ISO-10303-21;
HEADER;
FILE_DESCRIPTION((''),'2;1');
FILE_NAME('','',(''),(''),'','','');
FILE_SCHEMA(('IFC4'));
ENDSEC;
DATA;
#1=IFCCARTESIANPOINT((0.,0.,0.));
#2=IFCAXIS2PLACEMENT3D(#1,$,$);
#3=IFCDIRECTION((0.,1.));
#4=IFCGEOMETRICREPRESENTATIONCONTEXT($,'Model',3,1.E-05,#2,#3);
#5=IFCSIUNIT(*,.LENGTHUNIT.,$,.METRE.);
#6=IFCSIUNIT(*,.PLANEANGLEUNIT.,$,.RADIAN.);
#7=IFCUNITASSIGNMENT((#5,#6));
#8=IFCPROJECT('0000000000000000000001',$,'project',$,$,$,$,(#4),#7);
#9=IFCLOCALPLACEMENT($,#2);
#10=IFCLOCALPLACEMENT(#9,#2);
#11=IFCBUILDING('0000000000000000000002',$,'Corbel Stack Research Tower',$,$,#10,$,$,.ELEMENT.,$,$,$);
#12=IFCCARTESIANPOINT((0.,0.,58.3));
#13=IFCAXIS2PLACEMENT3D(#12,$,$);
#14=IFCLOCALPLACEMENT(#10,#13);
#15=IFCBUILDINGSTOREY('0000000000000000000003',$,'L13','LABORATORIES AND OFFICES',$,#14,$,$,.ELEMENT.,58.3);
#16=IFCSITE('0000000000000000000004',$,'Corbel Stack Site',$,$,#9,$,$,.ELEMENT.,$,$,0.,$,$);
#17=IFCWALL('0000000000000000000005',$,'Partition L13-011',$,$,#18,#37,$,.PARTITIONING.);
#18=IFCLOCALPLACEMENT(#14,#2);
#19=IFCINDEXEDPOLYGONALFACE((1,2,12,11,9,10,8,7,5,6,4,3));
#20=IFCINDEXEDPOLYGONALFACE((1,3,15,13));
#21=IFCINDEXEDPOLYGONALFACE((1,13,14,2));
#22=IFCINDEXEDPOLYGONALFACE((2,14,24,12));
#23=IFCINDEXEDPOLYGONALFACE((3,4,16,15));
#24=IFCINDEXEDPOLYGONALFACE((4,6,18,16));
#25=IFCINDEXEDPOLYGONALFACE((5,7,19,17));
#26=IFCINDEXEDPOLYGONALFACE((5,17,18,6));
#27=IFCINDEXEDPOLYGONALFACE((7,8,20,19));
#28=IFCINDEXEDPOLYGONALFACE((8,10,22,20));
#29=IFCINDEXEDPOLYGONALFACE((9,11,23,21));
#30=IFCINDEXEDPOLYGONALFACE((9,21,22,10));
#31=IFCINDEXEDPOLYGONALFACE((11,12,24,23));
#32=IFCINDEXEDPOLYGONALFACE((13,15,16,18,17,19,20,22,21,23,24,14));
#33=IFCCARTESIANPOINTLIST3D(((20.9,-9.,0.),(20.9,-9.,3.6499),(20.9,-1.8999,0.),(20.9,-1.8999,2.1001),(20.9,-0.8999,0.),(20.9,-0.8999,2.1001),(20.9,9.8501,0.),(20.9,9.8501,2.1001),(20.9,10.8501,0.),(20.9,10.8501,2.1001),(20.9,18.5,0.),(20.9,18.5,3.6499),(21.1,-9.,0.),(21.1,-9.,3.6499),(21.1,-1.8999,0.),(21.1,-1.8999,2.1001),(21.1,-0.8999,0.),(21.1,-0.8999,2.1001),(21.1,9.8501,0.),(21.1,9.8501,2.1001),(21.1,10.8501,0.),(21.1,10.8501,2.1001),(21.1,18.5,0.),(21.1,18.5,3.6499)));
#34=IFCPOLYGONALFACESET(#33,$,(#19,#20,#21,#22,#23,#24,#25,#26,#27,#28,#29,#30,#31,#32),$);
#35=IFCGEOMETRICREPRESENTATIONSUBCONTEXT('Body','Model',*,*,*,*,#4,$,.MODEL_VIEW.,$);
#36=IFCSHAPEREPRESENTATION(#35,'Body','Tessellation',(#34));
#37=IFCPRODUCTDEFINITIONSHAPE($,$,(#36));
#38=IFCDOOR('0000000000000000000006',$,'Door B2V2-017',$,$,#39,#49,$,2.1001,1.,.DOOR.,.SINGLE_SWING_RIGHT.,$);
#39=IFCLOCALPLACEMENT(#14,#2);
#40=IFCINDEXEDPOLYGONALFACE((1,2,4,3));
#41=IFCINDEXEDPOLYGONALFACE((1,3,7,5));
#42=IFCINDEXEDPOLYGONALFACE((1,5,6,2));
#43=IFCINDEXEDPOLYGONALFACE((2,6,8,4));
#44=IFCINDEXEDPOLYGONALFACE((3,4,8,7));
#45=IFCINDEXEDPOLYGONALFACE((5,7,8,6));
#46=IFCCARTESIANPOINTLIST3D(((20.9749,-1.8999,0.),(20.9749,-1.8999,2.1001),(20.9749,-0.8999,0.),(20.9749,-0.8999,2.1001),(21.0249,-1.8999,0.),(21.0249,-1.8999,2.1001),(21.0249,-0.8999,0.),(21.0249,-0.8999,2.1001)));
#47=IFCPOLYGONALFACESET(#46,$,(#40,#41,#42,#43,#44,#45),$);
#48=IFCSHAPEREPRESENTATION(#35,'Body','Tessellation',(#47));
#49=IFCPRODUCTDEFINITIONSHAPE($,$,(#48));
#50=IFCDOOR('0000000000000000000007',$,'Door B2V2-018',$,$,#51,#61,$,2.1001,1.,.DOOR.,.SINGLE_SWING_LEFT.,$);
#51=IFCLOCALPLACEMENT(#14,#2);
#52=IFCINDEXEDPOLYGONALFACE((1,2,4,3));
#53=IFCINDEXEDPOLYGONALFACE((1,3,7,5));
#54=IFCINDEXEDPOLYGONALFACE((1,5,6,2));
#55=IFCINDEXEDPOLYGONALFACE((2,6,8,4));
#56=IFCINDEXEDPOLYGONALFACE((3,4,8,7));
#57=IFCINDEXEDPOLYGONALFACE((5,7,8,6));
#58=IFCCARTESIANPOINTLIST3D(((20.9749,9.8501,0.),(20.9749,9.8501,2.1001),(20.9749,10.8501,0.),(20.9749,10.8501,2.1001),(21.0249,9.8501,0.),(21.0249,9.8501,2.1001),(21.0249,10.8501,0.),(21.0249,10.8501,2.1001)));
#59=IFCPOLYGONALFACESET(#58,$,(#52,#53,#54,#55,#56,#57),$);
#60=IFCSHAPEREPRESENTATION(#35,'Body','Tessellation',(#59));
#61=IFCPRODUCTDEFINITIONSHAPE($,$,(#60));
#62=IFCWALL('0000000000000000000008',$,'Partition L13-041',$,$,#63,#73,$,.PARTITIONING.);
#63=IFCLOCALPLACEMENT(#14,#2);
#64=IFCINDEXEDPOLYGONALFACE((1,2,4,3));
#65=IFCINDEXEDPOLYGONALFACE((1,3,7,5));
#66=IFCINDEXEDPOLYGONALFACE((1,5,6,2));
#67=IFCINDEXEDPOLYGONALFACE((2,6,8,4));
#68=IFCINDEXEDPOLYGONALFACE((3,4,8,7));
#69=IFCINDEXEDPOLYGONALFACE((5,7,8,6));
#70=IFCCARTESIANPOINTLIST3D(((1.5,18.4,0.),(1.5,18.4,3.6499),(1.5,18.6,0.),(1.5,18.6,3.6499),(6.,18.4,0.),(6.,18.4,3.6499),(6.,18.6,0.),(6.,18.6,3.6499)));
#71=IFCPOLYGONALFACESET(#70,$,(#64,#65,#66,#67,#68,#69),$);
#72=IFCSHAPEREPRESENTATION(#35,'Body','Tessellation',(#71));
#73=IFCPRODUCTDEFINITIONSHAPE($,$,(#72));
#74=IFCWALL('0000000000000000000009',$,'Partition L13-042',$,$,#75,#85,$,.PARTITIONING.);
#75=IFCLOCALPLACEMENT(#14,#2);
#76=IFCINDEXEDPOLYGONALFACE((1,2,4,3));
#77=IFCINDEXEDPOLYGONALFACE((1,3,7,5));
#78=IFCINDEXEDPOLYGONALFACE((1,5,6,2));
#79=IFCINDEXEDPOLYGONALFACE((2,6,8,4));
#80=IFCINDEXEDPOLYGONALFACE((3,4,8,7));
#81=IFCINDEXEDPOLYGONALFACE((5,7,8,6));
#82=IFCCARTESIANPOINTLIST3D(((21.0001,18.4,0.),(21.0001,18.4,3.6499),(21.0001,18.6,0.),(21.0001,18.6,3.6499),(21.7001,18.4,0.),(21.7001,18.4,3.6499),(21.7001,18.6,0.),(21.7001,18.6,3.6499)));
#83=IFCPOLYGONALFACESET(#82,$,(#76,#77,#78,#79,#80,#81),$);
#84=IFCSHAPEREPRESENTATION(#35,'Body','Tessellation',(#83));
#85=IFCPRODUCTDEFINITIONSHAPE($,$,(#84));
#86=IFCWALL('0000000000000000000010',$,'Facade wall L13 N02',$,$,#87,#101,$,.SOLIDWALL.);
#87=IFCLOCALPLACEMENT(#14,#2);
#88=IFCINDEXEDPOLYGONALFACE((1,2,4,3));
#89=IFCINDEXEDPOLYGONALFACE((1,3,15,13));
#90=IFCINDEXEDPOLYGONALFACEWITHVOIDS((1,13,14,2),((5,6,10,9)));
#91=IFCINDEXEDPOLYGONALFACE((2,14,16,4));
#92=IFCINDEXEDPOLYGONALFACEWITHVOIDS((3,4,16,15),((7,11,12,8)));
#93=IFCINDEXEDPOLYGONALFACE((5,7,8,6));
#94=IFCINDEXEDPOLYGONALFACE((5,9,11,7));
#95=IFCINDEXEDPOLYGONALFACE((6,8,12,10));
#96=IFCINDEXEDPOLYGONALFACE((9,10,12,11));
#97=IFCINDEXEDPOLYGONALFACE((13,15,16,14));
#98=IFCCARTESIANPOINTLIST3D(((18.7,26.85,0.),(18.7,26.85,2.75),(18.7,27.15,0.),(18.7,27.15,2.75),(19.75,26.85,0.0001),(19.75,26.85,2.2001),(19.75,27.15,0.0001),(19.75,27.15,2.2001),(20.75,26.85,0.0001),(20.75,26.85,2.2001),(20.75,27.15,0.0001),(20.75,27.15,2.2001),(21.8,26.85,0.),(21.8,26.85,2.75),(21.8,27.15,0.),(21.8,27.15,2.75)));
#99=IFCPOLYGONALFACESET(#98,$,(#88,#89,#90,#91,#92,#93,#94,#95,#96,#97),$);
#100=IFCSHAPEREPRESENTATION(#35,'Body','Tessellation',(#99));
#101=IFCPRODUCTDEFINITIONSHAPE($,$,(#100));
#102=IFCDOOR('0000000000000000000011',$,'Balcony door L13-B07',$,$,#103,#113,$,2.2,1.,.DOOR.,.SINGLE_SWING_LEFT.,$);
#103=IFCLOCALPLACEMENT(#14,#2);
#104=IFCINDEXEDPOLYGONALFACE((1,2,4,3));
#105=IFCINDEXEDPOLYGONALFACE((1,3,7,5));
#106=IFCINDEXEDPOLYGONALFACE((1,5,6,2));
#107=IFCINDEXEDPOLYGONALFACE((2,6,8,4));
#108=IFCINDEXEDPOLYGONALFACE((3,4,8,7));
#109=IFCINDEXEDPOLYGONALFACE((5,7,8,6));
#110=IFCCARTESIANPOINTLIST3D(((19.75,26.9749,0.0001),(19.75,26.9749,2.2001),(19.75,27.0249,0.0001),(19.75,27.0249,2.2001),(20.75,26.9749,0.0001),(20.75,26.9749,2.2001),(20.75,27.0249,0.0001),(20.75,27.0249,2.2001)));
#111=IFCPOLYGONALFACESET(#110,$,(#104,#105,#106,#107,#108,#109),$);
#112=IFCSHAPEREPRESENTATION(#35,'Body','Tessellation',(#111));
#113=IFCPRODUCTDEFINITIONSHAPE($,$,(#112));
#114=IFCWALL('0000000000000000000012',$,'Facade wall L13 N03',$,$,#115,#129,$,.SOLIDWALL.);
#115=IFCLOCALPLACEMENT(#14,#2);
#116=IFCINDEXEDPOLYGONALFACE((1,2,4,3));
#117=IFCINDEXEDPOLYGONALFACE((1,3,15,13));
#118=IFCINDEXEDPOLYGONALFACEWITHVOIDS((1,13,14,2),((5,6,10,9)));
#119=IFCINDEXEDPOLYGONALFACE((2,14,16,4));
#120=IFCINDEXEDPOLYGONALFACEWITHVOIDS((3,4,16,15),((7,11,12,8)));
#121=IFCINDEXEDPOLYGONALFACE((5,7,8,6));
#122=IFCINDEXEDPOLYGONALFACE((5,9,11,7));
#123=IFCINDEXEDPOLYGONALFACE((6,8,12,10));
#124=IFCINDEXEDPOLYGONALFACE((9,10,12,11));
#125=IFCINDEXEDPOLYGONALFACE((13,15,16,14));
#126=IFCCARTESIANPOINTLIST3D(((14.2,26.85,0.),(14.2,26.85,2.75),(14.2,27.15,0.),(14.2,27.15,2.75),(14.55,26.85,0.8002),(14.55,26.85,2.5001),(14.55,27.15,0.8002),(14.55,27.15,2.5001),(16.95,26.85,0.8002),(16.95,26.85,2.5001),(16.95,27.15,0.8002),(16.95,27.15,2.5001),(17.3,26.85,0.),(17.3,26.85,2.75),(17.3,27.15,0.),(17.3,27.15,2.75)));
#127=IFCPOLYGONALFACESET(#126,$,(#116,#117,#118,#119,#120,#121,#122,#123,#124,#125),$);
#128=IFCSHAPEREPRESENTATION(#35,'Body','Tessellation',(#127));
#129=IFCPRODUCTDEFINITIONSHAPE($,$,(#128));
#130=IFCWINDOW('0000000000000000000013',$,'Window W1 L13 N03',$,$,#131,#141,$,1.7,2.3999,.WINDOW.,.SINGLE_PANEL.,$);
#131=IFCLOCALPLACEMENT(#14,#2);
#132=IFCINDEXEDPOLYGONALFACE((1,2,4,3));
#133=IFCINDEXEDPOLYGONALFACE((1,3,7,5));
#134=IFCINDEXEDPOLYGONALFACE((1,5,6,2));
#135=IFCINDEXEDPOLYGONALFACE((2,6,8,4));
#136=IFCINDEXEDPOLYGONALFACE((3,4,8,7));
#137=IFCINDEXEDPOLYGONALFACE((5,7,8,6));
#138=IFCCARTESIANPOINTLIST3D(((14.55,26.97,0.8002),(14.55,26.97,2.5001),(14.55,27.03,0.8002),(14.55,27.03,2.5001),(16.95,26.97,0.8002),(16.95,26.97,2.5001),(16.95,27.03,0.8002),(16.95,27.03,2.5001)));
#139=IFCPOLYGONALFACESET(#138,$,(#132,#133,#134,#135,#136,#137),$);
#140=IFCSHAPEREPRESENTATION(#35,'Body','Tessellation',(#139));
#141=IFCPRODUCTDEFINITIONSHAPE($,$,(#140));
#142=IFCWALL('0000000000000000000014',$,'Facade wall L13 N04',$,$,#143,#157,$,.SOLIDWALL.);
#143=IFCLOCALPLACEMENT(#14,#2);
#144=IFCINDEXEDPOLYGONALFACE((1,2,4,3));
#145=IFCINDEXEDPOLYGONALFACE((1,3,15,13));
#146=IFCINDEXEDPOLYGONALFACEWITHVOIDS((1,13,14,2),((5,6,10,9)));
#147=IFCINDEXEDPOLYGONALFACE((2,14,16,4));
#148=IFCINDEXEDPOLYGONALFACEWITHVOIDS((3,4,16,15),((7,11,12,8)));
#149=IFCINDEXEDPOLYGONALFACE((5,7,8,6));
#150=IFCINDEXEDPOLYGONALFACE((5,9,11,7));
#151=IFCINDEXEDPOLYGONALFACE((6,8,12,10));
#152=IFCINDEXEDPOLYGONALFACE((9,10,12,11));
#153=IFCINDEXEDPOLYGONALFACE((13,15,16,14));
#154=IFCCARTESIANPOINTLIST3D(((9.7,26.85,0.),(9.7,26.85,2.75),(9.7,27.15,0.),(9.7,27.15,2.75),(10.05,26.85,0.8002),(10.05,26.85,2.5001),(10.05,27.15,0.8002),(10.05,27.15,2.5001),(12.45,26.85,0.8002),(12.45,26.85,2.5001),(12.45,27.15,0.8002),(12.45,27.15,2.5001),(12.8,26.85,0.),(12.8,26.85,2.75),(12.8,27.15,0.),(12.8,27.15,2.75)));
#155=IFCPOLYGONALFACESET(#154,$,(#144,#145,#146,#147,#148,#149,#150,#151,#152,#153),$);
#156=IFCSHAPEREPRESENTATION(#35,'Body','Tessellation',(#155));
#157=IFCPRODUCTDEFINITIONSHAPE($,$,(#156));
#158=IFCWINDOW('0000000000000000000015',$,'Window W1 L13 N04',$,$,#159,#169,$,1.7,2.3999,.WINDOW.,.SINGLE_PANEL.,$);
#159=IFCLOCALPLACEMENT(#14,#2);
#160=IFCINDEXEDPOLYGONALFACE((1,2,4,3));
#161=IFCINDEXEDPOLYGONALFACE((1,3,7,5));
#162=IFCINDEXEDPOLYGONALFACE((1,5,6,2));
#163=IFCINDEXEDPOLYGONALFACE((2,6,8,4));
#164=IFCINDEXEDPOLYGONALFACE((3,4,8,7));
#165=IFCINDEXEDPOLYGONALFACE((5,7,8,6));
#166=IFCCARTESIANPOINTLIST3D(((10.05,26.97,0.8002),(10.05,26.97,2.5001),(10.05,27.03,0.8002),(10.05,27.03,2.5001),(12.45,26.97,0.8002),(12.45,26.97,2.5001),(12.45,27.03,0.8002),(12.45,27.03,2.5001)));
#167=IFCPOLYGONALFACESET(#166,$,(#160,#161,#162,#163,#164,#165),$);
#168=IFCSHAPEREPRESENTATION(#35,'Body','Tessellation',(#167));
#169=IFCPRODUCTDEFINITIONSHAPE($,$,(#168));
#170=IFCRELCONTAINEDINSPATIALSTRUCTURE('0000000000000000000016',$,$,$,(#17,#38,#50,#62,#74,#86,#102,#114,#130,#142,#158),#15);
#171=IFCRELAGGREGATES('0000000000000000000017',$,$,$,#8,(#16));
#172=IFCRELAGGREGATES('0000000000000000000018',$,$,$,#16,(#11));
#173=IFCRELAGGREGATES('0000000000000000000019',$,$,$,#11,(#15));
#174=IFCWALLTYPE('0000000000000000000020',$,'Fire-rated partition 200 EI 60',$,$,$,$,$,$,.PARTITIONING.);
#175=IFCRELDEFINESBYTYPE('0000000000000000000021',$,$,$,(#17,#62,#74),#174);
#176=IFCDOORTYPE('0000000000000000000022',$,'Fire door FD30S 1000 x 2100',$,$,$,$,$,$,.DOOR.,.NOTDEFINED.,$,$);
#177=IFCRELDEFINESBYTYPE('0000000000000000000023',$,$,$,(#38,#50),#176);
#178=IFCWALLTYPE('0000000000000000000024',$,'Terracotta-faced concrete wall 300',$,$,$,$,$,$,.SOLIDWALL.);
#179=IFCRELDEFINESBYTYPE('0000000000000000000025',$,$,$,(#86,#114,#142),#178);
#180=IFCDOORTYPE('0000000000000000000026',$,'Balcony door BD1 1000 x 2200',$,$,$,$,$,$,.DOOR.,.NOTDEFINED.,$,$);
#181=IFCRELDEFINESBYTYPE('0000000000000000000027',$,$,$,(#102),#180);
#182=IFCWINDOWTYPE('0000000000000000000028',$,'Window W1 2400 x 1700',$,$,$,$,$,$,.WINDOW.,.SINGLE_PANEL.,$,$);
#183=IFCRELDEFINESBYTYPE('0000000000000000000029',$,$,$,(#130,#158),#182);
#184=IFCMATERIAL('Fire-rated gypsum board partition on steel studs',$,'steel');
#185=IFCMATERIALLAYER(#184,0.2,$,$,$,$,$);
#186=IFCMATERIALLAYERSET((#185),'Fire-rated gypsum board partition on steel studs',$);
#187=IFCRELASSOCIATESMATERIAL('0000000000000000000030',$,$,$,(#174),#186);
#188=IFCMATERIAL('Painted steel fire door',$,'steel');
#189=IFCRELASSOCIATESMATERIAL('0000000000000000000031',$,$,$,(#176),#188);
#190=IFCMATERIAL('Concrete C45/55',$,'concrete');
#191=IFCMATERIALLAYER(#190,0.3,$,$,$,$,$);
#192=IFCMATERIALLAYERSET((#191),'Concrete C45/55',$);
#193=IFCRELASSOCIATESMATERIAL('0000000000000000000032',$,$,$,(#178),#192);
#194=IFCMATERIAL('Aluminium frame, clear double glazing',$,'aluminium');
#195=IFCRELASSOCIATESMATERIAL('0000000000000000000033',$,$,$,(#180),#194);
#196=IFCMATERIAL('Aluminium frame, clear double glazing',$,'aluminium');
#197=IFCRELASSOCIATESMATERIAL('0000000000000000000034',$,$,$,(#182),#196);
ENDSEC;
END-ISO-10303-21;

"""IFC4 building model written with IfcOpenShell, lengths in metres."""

from ifc_helpers import new_model, si_unit, direction, frame, frame_2d, origin, place, context, subcontext, project, spatial, rectangle, extrude, material, layer, layer_set, type_object, element, fill, save


model = new_model("IFC4")

# Units and contexts
model_context = context("Model", 3, precision=1e-05, world=origin(), true_north=direction((0.0, 1.0)))
body_context = subcontext(model_context, "Body", "Model", "MODEL_VIEW")
ifc_project = project(units=[si_unit("LENGTHUNIT", "METRE"), si_unit("PLANEANGLEUNIT", "RADIAN")], contexts=[model_context])

# Site, building, storey
site_placement = place(None, origin())
site = spatial("IfcSite", under=ifc_project, at=site_placement, Name="Corbel Stack Site", CompositionType="ELEMENT", RefElevation=0.0)
building_placement = place(site_placement, origin())
building = spatial("IfcBuilding", under=site, at=building_placement, Name="Corbel Stack Research Tower", CompositionType="ELEMENT")
storey_placement = place(building_placement, frame((0.0, 0.0, 58.3)))
storey = spatial("IfcBuildingStorey", under=building, at=storey_placement, Name="L13", Description="LABORATORIES AND OFFICES", CompositionType="ELEMENT", Elevation=58.3)

# Shared definitions
ifc_material_1 = material(Name="Fire-rated gypsum board partition on steel studs", Category="steel")
ifc_layer_1 = layer(ifc_material_1, 0.2)
ifc_layer_set_1 = layer_set([ifc_layer_1], Name="Fire-rated gypsum board partition on steel studs")
wall_type_1 = type_object("IfcWallType", Name="Fire-rated partition 200 EI 60", PredefinedType="PARTITIONING", material=ifc_layer_set_1)

# Wall, openings, doors
wall_1_placement = place(storey_placement, frame((21.0, 18.5, 0.0), z_axis=(0.0, 0.0, 1.0), x_axis=(0.0, -1.0, 0.0)))
wall_1 = element("IfcWall", 1, at=wall_1_placement, inside=storey, type_object=wall_type_1, Name="Partition L13-011", PredefinedType="PARTITIONING", context=body_context, shape_type="SweptSolid", body=[
    extrude(rectangle(XDim=27.5, YDim=0.2, at=frame_2d((13.75, 0.0))), origin(), (0.0, 0.0, 1.0), 3.6499),
])
opening_1_placement = place(wall_1_placement, frame((19.3999, 0.0, 0.0)))
opening_1 = element("IfcOpeningElement", 2, at=opening_1_placement, cuts=wall_1, PredefinedType="OPENING", context=body_context, shape_type="SweptSolid", body=[
    extrude(rectangle(XDim=1.0, YDim=2.1001, at=frame_2d((0.5, 1.05))), frame((0.0, 0.1099, 0.0), z_axis=(0.0, -1.0, 0.0), x_axis=(1.0, 0.0, 0.0)), (0.0, 0.0, 1.0), 0.22),
])
opening_2_placement = place(wall_1_placement, frame((7.6499, 0.0, 0.0)))
opening_2 = element("IfcOpeningElement", 3, at=opening_2_placement, cuts=wall_1, PredefinedType="OPENING", context=body_context, shape_type="SweptSolid", body=[
    extrude(rectangle(XDim=1.0, YDim=2.1001, at=frame_2d((0.5, 1.05))), frame((0.0, 0.1099, 0.0), z_axis=(0.0, -1.0, 0.0), x_axis=(1.0, 0.0, 0.0)), (0.0, 0.0, 1.0), 0.22),
])
ifc_material_2 = material(Name="Painted steel fire door", Category="steel")
door_type_1 = type_object("IfcDoorType", Name="Fire door FD30S 1000 x 2100", OperationType="NOTDEFINED", PredefinedType="DOOR", material=ifc_material_2)
door_1_placement = place(opening_1_placement, origin())
door_1 = element("IfcDoor", 4, at=door_1_placement, inside=storey, type_object=door_type_1, Name="Door B2V2-017", OperationType="SINGLE_SWING_RIGHT", OverallHeight=2.1001, OverallWidth=1.0, PredefinedType="DOOR", context=body_context, shape_type="SweptSolid", body=[
    extrude(rectangle(XDim=1.0, YDim=2.1001, at=frame_2d((0.5, 1.05))), frame((0.0, 0.0249, 0.0), z_axis=(0.0, -1.0, 0.0), x_axis=(1.0, 0.0, 0.0)), (0.0, 0.0, 1.0), 0.05),
])
fill(opening_1, door_1)
door_2_placement = place(opening_2_placement, origin())
door_2 = element("IfcDoor", 5, at=door_2_placement, inside=storey, type_object=door_type_1, Name="Door B2V2-018", OperationType="SINGLE_SWING_LEFT", OverallHeight=2.1001, OverallWidth=1.0, PredefinedType="DOOR", context=body_context, shape_type="SweptSolid", body=[
    extrude(rectangle(XDim=1.0, YDim=2.1001, at=frame_2d((0.5, 1.05))), frame((0.0, 0.0249, 0.0), z_axis=(0.0, -1.0, 0.0), x_axis=(1.0, 0.0, 0.0)), (0.0, 0.0, 1.0), 0.05),
])
fill(opening_2, door_2)

# Walls
wall_2_placement = place(storey_placement, frame((1.5, 18.5, 0.0), z_axis=(0.0, 0.0, 1.0), x_axis=(1.0, 0.0, 0.0)))
element("IfcWall", 6, at=wall_2_placement, inside=storey, type_object=wall_type_1, Name="Partition L13-041", PredefinedType="PARTITIONING", context=body_context, shape_type="SweptSolid", body=[
    extrude(rectangle(XDim=4.5, YDim=0.2, at=frame_2d((2.25, 0.0))), origin(), (0.0, 0.0, 1.0), 3.6499),
])
wall_3_placement = place(storey_placement, frame((21.0, 18.5, 0.0), z_axis=(0.0, 0.0, 1.0), x_axis=(1.0, 0.0, 0.0)))
element("IfcWall", 7, at=wall_3_placement, inside=storey, type_object=wall_type_1, Name="Partition L13-042", PredefinedType="PARTITIONING", context=body_context, shape_type="SweptSolid", body=[
    extrude(rectangle(XDim=0.7, YDim=0.2, at=frame_2d((0.3501, 0.0))), origin(), (0.0, 0.0, 1.0), 3.6499),
])

# Wall, opening, door
ifc_material_3 = material(Name="Concrete C45/55", Category="concrete")
ifc_layer_2 = layer(ifc_material_3, 0.3)
ifc_layer_set_2 = layer_set([ifc_layer_2], Name="Concrete C45/55")
wall_type_2 = type_object("IfcWallType", Name="Terracotta-faced concrete wall 300", PredefinedType="SOLIDWALL", material=ifc_layer_set_2)
wall_4_placement = place(storey_placement, frame((18.7, 27.0, 0.0), z_axis=(0.0, 0.0, 1.0), x_axis=(1.0, 0.0, 0.0)))
wall_4 = element("IfcWall", 8, at=wall_4_placement, inside=storey, type_object=wall_type_2, Name="Facade wall L13 N02", PredefinedType="SOLIDWALL", context=body_context, shape_type="SweptSolid", body=[
    extrude(rectangle(XDim=3.1001, YDim=0.3, at=frame_2d((1.55, 0.0))), origin(), (0.0, 0.0, 1.0), 2.75),
])
opening_3_placement = place(wall_4_placement, frame((1.05, 0.0, 0.0)))
opening_3 = element("IfcOpeningElement", 9, at=opening_3_placement, cuts=wall_4, PredefinedType="OPENING", context=body_context, shape_type="SweptSolid", body=[
    extrude(rectangle(XDim=1.0, YDim=2.2, at=frame_2d((0.5, 1.1001))), frame((0.0, 0.1599, 0.0), z_axis=(0.0, -1.0, 0.0), x_axis=(1.0, 0.0, 0.0)), (0.0, 0.0, 1.0), 0.3201),
])
ifc_material_4 = material(Name="Aluminium frame, clear double glazing", Category="aluminium")
door_type_2 = type_object("IfcDoorType", Name="Balcony door BD1 1000 x 2200", OperationType="NOTDEFINED", PredefinedType="DOOR", material=ifc_material_4)
door_3_placement = place(opening_3_placement, origin())
door_3 = element("IfcDoor", 10, at=door_3_placement, inside=storey, type_object=door_type_2, Name="Balcony door L13-B07", OperationType="SINGLE_SWING_LEFT", OverallHeight=2.2, OverallWidth=1.0, PredefinedType="DOOR", context=body_context, shape_type="SweptSolid", body=[
    extrude(rectangle(XDim=1.0, YDim=2.2, at=frame_2d((0.5, 1.1001))), frame((0.0, 0.0249, 0.0), z_axis=(0.0, -1.0, 0.0), x_axis=(1.0, 0.0, 0.0)), (0.0, 0.0, 1.0), 0.05),
])
fill(opening_3, door_3)

# Walls, openings, windows
wall_5_placement = place(storey_placement, frame((14.2, 27.0, 0.0), z_axis=(0.0, 0.0, 1.0), x_axis=(1.0, 0.0, 0.0)))
wall_5 = element("IfcWall", 11, at=wall_5_placement, inside=storey, type_object=wall_type_2, Name="Facade wall L13 N03", PredefinedType="SOLIDWALL", context=body_context, shape_type="SweptSolid", body=[
    extrude(rectangle(XDim=3.1001, YDim=0.3, at=frame_2d((1.55, 0.0))), origin(), (0.0, 0.0, 1.0), 2.75),
])
opening_4_placement = place(wall_5_placement, frame((0.3501, 0.0, 0.8)))
opening_4 = element("IfcOpeningElement", 12, at=opening_4_placement, cuts=wall_5, PredefinedType="OPENING", context=body_context, shape_type="SweptSolid", body=[
    extrude(rectangle(XDim=2.3999, YDim=1.7, at=frame_2d((1.2, 0.8501))), frame((0.0, 0.1599, 0.0), z_axis=(0.0, -1.0, 0.0), x_axis=(1.0, 0.0, 0.0)), (0.0, 0.0, 1.0), 0.3201),
])
ifc_material_5 = material(Name="Aluminium frame, clear double glazing", Category="aluminium")
window_type = type_object("IfcWindowType", Name="Window W1 2400 x 1700", PartitioningType="SINGLE_PANEL", PredefinedType="WINDOW", material=ifc_material_5)
window_1_placement = place(opening_4_placement, origin())
window_1 = element("IfcWindow", 13, at=window_1_placement, inside=storey, type_object=window_type, Name="Window W1 L13 N03", OverallHeight=1.7, OverallWidth=2.3999, PartitioningType="SINGLE_PANEL", PredefinedType="WINDOW", context=body_context, shape_type="SweptSolid", body=[
    extrude(rectangle(XDim=2.3999, YDim=1.7, at=frame_2d((1.2, 0.8501))), frame((0.0, 0.03, 0.0), z_axis=(0.0, -1.0, 0.0), x_axis=(1.0, 0.0, 0.0)), (0.0, 0.0, 1.0), 0.0601),
])
fill(opening_4, window_1)
wall_6_placement = place(storey_placement, frame((9.7, 27.0, 0.0), z_axis=(0.0, 0.0, 1.0), x_axis=(1.0, 0.0, 0.0)))
wall_6 = element("IfcWall", 14, at=wall_6_placement, inside=storey, type_object=wall_type_2, Name="Facade wall L13 N04", PredefinedType="SOLIDWALL", context=body_context, shape_type="SweptSolid", body=[
    extrude(rectangle(XDim=3.1001, YDim=0.3, at=frame_2d((1.55, 0.0))), origin(), (0.0, 0.0, 1.0), 2.75),
])
opening_5_placement = place(wall_6_placement, frame((0.3501, 0.0, 0.8)))
opening_5 = element("IfcOpeningElement", 15, at=opening_5_placement, cuts=wall_6, PredefinedType="OPENING", context=body_context, shape_type="SweptSolid", body=[
    extrude(rectangle(XDim=2.3999, YDim=1.7, at=frame_2d((1.2, 0.8501))), frame((0.0, 0.1599, 0.0), z_axis=(0.0, -1.0, 0.0), x_axis=(1.0, 0.0, 0.0)), (0.0, 0.0, 1.0), 0.3201),
])
window_2_placement = place(opening_5_placement, origin())
window_2 = element("IfcWindow", 16, at=window_2_placement, inside=storey, type_object=window_type, Name="Window W1 L13 N04", OverallHeight=1.7, OverallWidth=2.3999, PartitioningType="SINGLE_PANEL", PredefinedType="WINDOW", context=body_context, shape_type="SweptSolid", body=[
    extrude(rectangle(XDim=2.3999, YDim=1.7, at=frame_2d((1.2, 0.8501))), frame((0.0, 0.03, 0.0), z_axis=(0.0, -1.0, 0.0), x_axis=(1.0, 0.0, 0.0)), (0.0, 0.0, 1.0), 0.0601),
])
fill(opening_5, window_2)

save(model, "model.ifc")
